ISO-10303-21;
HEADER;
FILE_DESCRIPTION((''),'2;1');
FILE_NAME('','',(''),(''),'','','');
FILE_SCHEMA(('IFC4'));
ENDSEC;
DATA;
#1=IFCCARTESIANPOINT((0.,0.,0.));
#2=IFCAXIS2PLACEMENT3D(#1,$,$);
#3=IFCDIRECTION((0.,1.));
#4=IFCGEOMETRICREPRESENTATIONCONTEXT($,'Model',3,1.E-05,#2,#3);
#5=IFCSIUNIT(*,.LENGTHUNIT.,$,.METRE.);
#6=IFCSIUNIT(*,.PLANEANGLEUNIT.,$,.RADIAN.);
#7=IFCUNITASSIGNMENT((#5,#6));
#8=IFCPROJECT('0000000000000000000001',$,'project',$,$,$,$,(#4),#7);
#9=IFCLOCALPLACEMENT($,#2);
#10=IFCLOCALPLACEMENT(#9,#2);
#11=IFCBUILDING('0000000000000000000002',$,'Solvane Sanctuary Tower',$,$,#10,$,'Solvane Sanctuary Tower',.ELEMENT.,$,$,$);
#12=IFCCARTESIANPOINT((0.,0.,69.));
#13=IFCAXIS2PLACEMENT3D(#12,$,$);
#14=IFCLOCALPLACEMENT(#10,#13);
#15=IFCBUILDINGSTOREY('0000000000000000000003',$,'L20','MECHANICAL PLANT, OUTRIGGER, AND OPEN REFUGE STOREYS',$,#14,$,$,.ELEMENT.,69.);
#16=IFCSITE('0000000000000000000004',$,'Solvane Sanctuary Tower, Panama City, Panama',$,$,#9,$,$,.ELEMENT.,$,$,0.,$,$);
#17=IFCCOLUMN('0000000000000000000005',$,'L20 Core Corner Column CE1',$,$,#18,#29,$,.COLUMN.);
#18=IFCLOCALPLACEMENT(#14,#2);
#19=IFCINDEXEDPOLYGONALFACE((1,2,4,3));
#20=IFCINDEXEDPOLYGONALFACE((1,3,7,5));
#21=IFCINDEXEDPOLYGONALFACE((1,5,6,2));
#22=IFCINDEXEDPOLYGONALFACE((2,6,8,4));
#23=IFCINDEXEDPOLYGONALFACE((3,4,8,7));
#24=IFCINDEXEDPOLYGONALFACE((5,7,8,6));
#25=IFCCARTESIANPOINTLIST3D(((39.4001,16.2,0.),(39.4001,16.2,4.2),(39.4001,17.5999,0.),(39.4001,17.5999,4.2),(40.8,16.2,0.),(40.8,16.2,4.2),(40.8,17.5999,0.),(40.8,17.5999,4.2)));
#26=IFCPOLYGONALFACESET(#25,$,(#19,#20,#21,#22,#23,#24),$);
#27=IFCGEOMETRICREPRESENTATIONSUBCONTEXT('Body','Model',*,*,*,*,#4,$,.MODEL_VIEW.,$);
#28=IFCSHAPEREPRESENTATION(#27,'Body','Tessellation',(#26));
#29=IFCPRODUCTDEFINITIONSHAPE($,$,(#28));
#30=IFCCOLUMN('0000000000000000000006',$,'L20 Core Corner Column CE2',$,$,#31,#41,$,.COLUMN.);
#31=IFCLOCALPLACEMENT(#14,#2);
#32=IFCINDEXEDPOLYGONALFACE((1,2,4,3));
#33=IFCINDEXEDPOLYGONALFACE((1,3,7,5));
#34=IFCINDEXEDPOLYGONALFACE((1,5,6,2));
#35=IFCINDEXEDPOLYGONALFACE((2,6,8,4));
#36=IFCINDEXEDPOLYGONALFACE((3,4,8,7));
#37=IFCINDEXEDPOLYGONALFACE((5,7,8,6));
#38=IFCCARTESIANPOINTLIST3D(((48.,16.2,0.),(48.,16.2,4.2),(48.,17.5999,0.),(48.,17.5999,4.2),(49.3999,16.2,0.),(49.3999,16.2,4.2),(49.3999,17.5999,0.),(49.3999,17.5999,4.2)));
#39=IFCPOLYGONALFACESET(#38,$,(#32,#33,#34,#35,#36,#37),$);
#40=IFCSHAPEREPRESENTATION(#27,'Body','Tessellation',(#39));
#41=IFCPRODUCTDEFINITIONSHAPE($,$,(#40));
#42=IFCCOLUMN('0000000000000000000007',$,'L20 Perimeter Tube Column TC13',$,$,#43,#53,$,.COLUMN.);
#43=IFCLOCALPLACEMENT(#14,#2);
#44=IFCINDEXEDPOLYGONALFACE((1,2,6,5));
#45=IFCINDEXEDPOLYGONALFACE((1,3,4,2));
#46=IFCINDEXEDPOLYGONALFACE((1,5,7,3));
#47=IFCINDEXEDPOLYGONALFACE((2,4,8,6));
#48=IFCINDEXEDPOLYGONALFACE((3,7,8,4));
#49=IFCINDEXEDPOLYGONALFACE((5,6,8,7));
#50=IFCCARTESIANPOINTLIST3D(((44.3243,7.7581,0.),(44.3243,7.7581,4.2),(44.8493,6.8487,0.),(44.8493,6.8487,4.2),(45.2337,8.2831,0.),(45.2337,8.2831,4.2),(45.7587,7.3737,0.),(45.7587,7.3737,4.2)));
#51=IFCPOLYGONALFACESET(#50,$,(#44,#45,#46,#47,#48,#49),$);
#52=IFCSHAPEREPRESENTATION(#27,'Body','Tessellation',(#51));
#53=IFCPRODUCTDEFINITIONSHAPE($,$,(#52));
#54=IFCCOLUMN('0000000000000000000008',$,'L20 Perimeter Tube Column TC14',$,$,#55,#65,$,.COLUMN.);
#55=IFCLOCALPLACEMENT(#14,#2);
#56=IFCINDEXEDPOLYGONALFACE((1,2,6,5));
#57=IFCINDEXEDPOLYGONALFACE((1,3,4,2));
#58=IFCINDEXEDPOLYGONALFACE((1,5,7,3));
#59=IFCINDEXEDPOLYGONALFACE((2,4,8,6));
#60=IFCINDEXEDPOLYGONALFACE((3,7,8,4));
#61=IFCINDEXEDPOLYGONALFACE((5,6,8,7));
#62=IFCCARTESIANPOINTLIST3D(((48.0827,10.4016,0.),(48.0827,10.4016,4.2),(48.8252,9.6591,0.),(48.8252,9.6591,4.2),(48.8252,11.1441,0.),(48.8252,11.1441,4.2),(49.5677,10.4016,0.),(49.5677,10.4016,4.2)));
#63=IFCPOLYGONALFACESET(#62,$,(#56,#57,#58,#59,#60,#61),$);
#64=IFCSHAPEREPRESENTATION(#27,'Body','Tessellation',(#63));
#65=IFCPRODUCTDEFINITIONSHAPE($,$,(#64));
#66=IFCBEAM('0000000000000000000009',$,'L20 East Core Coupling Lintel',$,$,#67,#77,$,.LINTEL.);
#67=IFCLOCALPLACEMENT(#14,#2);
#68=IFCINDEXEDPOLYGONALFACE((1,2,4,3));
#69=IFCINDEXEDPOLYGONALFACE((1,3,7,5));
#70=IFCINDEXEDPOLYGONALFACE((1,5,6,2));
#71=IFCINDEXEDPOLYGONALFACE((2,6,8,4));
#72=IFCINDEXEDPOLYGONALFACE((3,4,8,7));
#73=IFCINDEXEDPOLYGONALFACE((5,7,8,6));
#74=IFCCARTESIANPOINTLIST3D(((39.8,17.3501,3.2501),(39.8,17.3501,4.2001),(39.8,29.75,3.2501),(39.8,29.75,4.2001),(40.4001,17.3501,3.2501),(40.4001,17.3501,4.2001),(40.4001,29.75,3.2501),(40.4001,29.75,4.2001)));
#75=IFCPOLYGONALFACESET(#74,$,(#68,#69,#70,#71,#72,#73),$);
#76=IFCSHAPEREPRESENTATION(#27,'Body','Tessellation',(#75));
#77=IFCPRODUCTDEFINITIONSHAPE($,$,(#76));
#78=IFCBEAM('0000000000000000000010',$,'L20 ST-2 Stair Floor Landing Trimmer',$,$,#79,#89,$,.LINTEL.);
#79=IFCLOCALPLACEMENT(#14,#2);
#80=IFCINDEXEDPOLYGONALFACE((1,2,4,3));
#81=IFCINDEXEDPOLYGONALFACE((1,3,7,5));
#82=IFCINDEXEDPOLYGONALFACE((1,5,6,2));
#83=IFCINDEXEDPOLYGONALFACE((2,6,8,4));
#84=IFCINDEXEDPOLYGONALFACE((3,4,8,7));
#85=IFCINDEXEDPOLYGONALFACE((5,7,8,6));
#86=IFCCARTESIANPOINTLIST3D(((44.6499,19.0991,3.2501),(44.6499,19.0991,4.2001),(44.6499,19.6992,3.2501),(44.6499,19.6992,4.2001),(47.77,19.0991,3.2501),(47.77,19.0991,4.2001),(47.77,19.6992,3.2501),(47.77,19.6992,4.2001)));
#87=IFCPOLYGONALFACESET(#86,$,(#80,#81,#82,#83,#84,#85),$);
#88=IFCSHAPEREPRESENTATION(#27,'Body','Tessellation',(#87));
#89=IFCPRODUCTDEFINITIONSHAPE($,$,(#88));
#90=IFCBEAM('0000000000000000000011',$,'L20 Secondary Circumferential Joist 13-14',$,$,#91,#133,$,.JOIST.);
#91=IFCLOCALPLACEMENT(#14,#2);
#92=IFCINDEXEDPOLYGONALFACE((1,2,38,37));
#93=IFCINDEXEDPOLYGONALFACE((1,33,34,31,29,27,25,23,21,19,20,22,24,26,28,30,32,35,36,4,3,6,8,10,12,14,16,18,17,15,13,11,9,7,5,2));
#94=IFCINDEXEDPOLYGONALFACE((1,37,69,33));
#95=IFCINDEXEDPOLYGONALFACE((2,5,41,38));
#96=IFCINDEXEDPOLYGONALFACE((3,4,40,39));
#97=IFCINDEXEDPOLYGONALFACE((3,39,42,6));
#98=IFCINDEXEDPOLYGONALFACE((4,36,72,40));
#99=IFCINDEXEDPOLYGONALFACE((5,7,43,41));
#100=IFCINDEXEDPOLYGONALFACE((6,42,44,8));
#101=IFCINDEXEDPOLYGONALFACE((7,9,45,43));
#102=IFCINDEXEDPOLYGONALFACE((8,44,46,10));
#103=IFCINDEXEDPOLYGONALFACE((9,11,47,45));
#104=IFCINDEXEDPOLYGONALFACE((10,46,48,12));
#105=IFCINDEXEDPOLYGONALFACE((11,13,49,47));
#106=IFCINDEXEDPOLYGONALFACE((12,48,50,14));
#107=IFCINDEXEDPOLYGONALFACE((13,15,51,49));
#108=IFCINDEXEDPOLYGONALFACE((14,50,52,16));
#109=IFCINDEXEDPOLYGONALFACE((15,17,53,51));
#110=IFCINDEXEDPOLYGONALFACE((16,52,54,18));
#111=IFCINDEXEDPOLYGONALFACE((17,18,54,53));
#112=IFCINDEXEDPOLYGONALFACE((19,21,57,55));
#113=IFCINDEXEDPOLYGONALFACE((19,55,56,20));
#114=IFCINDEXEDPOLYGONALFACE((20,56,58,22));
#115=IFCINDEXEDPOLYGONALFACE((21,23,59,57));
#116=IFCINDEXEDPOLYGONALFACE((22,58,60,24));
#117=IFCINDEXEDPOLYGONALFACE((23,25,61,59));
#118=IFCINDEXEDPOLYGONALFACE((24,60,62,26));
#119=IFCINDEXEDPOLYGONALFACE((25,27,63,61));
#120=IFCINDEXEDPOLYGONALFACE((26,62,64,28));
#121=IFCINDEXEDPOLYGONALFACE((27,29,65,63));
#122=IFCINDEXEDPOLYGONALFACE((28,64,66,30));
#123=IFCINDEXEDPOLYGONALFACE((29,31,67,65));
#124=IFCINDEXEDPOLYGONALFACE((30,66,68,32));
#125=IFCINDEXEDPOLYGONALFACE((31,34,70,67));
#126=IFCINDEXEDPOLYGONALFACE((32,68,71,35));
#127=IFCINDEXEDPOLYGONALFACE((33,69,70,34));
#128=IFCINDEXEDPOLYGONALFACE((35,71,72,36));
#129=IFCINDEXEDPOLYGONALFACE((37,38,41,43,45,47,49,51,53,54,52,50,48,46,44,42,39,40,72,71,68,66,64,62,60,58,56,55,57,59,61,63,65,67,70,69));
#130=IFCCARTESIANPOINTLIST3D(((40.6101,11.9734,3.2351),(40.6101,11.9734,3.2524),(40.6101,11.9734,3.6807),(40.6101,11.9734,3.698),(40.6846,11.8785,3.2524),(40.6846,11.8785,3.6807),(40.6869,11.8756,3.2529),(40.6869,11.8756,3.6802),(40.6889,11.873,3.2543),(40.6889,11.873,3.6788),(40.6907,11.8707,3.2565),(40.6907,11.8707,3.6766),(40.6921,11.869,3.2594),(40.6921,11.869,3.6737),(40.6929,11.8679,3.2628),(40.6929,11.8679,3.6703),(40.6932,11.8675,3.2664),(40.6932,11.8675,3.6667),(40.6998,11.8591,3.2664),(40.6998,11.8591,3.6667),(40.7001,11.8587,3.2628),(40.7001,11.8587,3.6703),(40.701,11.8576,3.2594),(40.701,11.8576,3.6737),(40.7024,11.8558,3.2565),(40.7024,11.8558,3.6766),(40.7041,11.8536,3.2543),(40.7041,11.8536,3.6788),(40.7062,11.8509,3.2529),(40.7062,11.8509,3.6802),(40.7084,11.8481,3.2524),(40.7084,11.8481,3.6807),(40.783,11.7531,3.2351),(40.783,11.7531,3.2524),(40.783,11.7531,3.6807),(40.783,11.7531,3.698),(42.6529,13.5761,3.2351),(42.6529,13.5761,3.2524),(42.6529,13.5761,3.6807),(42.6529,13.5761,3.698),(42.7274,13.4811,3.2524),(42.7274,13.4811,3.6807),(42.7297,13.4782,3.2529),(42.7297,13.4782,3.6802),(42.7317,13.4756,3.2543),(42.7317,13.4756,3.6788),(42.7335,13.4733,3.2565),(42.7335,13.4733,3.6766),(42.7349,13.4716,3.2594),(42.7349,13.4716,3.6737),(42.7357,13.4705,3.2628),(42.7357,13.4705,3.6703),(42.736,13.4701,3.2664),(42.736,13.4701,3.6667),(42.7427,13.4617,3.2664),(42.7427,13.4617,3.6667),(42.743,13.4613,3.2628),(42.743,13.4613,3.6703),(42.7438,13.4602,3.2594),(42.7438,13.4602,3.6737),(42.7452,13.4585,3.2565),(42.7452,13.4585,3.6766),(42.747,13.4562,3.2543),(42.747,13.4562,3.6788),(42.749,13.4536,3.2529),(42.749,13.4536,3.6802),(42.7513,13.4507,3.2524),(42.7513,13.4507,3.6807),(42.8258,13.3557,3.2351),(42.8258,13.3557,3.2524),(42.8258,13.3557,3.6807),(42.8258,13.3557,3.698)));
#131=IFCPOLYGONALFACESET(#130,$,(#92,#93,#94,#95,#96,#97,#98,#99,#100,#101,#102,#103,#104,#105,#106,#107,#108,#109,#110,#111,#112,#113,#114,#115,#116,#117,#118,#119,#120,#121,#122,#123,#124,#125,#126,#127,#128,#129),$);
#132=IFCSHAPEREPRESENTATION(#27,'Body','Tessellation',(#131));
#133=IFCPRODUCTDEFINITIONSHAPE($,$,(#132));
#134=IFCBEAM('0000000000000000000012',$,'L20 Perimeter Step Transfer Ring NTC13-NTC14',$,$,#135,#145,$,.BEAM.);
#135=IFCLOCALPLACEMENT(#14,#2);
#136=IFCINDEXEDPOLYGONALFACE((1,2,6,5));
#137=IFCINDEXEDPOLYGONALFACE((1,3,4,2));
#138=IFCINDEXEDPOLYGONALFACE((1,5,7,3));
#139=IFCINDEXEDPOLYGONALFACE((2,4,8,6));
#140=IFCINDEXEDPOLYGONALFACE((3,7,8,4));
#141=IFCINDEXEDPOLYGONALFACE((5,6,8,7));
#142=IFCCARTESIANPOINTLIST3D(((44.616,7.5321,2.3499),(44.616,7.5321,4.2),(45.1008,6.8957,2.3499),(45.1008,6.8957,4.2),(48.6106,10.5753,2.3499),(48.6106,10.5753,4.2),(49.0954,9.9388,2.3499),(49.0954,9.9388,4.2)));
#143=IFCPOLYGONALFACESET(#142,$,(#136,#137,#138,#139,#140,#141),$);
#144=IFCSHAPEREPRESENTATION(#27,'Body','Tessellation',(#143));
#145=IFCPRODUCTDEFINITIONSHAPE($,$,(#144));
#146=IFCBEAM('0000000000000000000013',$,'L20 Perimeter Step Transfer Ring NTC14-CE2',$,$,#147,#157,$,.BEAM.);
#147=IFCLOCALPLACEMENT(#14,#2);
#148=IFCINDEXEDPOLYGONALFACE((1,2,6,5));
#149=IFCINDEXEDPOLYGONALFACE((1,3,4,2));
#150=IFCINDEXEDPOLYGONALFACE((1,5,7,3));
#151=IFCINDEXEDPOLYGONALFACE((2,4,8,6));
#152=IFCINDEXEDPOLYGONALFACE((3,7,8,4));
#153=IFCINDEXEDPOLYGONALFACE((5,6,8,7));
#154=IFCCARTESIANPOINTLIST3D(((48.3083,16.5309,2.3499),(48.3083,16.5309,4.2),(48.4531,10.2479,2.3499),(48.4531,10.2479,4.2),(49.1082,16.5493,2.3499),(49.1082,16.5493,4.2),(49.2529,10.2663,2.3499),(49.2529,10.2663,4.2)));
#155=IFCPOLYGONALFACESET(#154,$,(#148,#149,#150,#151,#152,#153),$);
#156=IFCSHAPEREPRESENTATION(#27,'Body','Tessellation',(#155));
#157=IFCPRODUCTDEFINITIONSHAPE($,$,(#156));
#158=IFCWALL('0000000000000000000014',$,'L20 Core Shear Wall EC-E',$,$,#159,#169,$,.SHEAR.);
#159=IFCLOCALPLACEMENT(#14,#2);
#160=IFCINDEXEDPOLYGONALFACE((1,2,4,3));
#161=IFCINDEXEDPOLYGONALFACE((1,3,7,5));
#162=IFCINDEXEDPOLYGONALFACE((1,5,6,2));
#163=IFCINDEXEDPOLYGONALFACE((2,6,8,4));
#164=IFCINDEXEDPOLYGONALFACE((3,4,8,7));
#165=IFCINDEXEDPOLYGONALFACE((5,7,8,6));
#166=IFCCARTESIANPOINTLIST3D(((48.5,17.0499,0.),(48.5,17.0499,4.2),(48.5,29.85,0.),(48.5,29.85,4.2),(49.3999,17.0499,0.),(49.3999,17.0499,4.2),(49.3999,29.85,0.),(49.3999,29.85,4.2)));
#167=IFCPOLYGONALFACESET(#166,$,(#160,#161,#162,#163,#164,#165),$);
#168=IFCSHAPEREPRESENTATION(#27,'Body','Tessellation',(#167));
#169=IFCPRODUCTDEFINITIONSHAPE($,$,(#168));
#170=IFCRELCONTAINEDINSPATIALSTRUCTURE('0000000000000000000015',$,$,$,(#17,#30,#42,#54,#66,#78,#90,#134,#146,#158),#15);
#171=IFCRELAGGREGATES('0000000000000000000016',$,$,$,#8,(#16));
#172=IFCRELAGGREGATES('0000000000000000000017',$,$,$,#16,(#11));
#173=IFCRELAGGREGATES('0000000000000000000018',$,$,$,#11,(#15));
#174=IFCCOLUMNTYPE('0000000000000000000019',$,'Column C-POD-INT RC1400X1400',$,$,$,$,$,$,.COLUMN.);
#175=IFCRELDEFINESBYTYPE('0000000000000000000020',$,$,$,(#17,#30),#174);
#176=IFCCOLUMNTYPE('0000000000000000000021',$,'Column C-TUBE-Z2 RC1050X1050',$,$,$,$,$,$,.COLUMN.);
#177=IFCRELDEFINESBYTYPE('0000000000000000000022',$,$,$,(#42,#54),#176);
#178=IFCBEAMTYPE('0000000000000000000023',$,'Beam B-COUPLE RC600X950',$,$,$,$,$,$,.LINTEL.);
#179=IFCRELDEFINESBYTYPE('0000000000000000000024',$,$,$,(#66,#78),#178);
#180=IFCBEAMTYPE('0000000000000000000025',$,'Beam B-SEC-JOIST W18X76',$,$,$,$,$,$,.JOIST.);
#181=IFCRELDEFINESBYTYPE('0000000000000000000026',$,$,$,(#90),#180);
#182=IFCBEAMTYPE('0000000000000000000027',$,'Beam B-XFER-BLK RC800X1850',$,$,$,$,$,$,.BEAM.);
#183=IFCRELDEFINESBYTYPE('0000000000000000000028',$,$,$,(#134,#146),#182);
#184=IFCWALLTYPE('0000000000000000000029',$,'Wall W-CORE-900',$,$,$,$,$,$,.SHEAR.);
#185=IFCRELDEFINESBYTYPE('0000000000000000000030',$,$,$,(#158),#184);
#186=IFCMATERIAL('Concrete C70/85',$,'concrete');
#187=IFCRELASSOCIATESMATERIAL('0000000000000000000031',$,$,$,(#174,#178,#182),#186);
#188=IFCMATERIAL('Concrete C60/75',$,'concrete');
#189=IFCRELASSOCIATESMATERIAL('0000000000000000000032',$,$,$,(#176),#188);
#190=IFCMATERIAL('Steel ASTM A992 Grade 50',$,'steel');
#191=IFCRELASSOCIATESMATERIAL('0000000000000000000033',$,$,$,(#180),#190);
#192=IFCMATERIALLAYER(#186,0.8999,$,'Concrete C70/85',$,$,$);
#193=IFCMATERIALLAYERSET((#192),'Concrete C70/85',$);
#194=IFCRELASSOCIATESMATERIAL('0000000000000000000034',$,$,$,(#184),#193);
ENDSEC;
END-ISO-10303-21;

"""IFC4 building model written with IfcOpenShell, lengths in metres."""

from ifc_helpers import new_model, si_unit, direction, frame, frame_2d, origin, origin_2d, place, context, subcontext, project, spatial, rectangle, i_section, extrude, material, layer, layer_set, material_profile, profile_set, type_object, element, save


model = new_model("IFC4")

# Units and contexts
model_context = context("Model", 3, precision=1e-05, world=origin(), true_north=direction((0.0, 1.0)))
body_context = subcontext(model_context, "Body", "Model", "MODEL_VIEW")
ifc_project = project(units=[si_unit("LENGTHUNIT", "METRE"), si_unit("PLANEANGLEUNIT", "RADIAN")], contexts=[model_context])

# Site, building, storey
site_placement = place(None, origin())
site = spatial("IfcSite", under=ifc_project, at=site_placement, Name="Solvane Sanctuary Tower, Panama City, Panama", CompositionType="ELEMENT", RefElevation=0.0)
building_placement = place(site_placement, origin())
building = spatial("IfcBuilding", under=site, at=building_placement, Name="Solvane Sanctuary Tower", LongName="Solvane Sanctuary Tower", CompositionType="ELEMENT")
storey_placement = place(building_placement, frame((0.0, 0.0, 69.0)))
storey = spatial("IfcBuildingStorey", under=building, at=storey_placement, Name="L20", Description="MECHANICAL PLANT, OUTRIGGER, AND OPEN REFUGE STOREYS", CompositionType="ELEMENT", Elevation=69.0)

# Columns
ifc_material_1 = material(Name="Concrete C70/85", Category="concrete")
ifc_material_profile_1 = material_profile(ifc_material_1, rectangle(XDim=1.3999, YDim=1.3999, at=origin_2d()), Name="RC1400X1400")
ifc_profile_set_1 = profile_set([ifc_material_profile_1], Name="Concrete C70/85")
column_type_1 = type_object("IfcColumnType", Name="Column C-POD-INT RC1400X1400", PredefinedType="COLUMN", material=ifc_profile_set_1)
for number, where, z_axis, x_axis, name in (
    (1, (40.1001, 16.8999, 0.0), (0.0, 0.0, 1.0), (1.0, 0.0, 0.0), "L20 Core Corner Column CE1"),
    (2, (48.7, 16.8999, 0.0), (0.0, 0.0, 1.0), (1.0, 0.0, 0.0), "L20 Core Corner Column CE2"),
):
    element("IfcColumn", number, at=place(storey_placement, frame(where, z_axis=z_axis, x_axis=x_axis)), inside=storey, type_object=column_type_1, Name=name, PredefinedType="COLUMN", context=body_context, shape_type="SweptSolid", body=[
        extrude(rectangle(XDim=1.3999, YDim=1.3999, at=origin_2d()), origin(), (0.0, 0.0, 1.0), 4.2),
    ])
ifc_material_2 = material(Name="Concrete C60/75", Category="concrete")
ifc_material_profile_2 = material_profile(ifc_material_2, rectangle(XDim=1.05, YDim=1.05, at=origin_2d()), Name="RC1050X1050")
ifc_profile_set_2 = profile_set([ifc_material_profile_2], Name="Concrete C60/75")
column_type_2 = type_object("IfcColumnType", Name="Column C-TUBE-Z2 RC1050X1050", PredefinedType="COLUMN", material=ifc_profile_set_2)
for number, where, z_axis, x_axis, name in (
    (3, (45.0415, 7.5659, 0.0), (0.0, 0.0, 1.0), (0.5, -0.866025, 0.0), "L20 Perimeter Tube Column TC13"),
    (4, (48.8252, 10.4016, 0.0), (0.0, 0.0, 1.0), (0.707107, -0.707107, 0.0), "L20 Perimeter Tube Column TC14"),
):
    element("IfcColumn", number, at=place(storey_placement, frame(where, z_axis=z_axis, x_axis=x_axis)), inside=storey, type_object=column_type_2, Name=name, PredefinedType="COLUMN", context=body_context, shape_type="SweptSolid", body=[
        extrude(rectangle(XDim=1.05, YDim=1.05, at=origin_2d()), origin(), (0.0, 0.0, 1.0), 4.2),
    ])

# Beams
ifc_material_profile_3 = material_profile(ifc_material_1, rectangle(XDim=0.6001, YDim=0.95, at=origin_2d()), Name="RC600X950")
ifc_profile_set_3 = profile_set([ifc_material_profile_3], Name="Concrete C70/85")
beam_type_1 = type_object("IfcBeamType", Name="Beam B-COUPLE RC600X950", PredefinedType="LINTEL", material=ifc_profile_set_3)
beam_1_placement = place(storey_placement, frame((40.1001, 17.3501, 3.7251), z_axis=(0.0, 1.0, 0.0), x_axis=(-1.0, 0.0, 0.0)))
element("IfcBeam", 5, at=beam_1_placement, inside=storey, type_object=beam_type_1, Name="L20 East Core Coupling Lintel", PredefinedType="LINTEL", context=body_context, shape_type="SweptSolid", body=[
    extrude(rectangle(XDim=0.6001, YDim=0.95, at=origin_2d()), origin(), (0.0, 0.0, 1.0), 12.3999),
])
beam_2_placement = place(storey_placement, frame((44.6499, 19.3992, 3.7251), z_axis=(1.0, 0.0, 0.0), x_axis=(0.0, 1.0, 0.0)))
element("IfcBeam", 6, at=beam_2_placement, inside=storey, type_object=beam_type_1, Name="L20 ST-2 Stair Floor Landing Trimmer", PredefinedType="LINTEL", context=body_context, shape_type="SweptSolid", body=[
    extrude(rectangle(XDim=0.6001, YDim=0.95, at=origin_2d()), origin(), (0.0, 0.0, 1.0), 3.1201),
])
ifc_material_3 = material(Name="Steel ASTM A992 Grade 50", Category="steel")
ifc_material_profile_4 = material_profile(ifc_material_3, i_section(OverallWidth=0.28, OverallDepth=0.4629, WebThickness=0.0107, FlangeThickness=0.0173, FilletRadius=0.0139, at=origin_2d()), Name="W18X76")
ifc_profile_set_4 = profile_set([ifc_material_profile_4], Name="Steel ASTM A992 Grade 50")
beam_type_2 = type_object("IfcBeamType", Name="Beam B-SEC-JOIST W18X76", PredefinedType="JOIST", material=ifc_profile_set_4)
beam_3_placement = place(storey_placement, frame((40.6965, 11.8633, 3.4666), z_axis=(0.786778, 0.617236, 0.0), x_axis=(-0.617236, 0.786778, 0.0)))
element("IfcBeam", 7, at=beam_3_placement, inside=storey, type_object=beam_type_2, Name="L20 Secondary Circumferential Joist 13-14", PredefinedType="JOIST", context=body_context, shape_type="SweptSolid", body=[
    extrude(i_section(OverallWidth=0.28, OverallDepth=0.4629, WebThickness=0.0107, FlangeThickness=0.0173, FilletRadius=0.0139, at=origin_2d()), origin(), (0.0, 0.0, 1.0), 2.5964),
])
ifc_material_profile_5 = material_profile(ifc_material_1, rectangle(XDim=0.8, YDim=1.8501, at=origin_2d()), Name="RC800X1850")
ifc_profile_set_5 = profile_set([ifc_material_profile_5], Name="Concrete C70/85")
beam_type_3 = type_object("IfcBeamType", Name="Beam B-XFER-BLK RC800X1850", PredefinedType="BEAM", material=ifc_profile_set_5)
beam_4_placement = place(storey_placement, frame((44.8584, 7.2139, 3.2749), z_axis=(0.795462, 0.606004, 0.0), x_axis=(-0.606004, 0.795462, 0.0)))
element("IfcBeam", 8, at=beam_4_placement, inside=storey, type_object=beam_type_3, Name="L20 Perimeter Step Transfer Ring NTC13-NTC14", PredefinedType="BEAM", context=body_context, shape_type="SweptSolid", body=[
    extrude(rectangle(XDim=0.8, YDim=1.8501, at=origin_2d()), origin(), (0.0, 0.0, 1.0), 5.0217),
])
beam_5_placement = place(storey_placement, frame((48.853, 10.2571, 3.2749), z_axis=(-0.023036, 0.999735, 0.0), x_axis=(-0.999735, -0.023036, 0.0)))
element("IfcBeam", 9, at=beam_5_placement, inside=storey, type_object=beam_type_3, Name="L20 Perimeter Step Transfer Ring NTC14-CE2", PredefinedType="BEAM", context=body_context, shape_type="SweptSolid", body=[
    extrude(rectangle(XDim=0.8, YDim=1.8501, at=origin_2d()), origin(), (0.0, 0.0, 1.0), 6.2847),
])

# Wall
ifc_layer_1 = layer(ifc_material_1, 0.8999, Name="Concrete C70/85")
ifc_layer_set_1 = layer_set([ifc_layer_1], Name="Concrete C70/85")
wall_type_1 = type_object("IfcWallType", Name="Wall W-CORE-900", PredefinedType="SHEAR", material=ifc_layer_set_1)
wall_1_placement = place(storey_placement, frame((48.95, 17.05, 0.0), z_axis=(0.0, 0.0, 1.0), x_axis=(0.0, 1.0, 0.0)))
element("IfcWall", 10, at=wall_1_placement, inside=storey, type_object=wall_type_1, Name="L20 Core Shear Wall EC-E", PredefinedType="SHEAR", context=body_context, shape_type="SweptSolid", body=[
    extrude(rectangle(XDim=12.8, YDim=0.8999, at=frame_2d((6.3999, 0.0))), origin(), (0.0, 0.0, 1.0), 4.2),
])

save(model, "model.ifc")
